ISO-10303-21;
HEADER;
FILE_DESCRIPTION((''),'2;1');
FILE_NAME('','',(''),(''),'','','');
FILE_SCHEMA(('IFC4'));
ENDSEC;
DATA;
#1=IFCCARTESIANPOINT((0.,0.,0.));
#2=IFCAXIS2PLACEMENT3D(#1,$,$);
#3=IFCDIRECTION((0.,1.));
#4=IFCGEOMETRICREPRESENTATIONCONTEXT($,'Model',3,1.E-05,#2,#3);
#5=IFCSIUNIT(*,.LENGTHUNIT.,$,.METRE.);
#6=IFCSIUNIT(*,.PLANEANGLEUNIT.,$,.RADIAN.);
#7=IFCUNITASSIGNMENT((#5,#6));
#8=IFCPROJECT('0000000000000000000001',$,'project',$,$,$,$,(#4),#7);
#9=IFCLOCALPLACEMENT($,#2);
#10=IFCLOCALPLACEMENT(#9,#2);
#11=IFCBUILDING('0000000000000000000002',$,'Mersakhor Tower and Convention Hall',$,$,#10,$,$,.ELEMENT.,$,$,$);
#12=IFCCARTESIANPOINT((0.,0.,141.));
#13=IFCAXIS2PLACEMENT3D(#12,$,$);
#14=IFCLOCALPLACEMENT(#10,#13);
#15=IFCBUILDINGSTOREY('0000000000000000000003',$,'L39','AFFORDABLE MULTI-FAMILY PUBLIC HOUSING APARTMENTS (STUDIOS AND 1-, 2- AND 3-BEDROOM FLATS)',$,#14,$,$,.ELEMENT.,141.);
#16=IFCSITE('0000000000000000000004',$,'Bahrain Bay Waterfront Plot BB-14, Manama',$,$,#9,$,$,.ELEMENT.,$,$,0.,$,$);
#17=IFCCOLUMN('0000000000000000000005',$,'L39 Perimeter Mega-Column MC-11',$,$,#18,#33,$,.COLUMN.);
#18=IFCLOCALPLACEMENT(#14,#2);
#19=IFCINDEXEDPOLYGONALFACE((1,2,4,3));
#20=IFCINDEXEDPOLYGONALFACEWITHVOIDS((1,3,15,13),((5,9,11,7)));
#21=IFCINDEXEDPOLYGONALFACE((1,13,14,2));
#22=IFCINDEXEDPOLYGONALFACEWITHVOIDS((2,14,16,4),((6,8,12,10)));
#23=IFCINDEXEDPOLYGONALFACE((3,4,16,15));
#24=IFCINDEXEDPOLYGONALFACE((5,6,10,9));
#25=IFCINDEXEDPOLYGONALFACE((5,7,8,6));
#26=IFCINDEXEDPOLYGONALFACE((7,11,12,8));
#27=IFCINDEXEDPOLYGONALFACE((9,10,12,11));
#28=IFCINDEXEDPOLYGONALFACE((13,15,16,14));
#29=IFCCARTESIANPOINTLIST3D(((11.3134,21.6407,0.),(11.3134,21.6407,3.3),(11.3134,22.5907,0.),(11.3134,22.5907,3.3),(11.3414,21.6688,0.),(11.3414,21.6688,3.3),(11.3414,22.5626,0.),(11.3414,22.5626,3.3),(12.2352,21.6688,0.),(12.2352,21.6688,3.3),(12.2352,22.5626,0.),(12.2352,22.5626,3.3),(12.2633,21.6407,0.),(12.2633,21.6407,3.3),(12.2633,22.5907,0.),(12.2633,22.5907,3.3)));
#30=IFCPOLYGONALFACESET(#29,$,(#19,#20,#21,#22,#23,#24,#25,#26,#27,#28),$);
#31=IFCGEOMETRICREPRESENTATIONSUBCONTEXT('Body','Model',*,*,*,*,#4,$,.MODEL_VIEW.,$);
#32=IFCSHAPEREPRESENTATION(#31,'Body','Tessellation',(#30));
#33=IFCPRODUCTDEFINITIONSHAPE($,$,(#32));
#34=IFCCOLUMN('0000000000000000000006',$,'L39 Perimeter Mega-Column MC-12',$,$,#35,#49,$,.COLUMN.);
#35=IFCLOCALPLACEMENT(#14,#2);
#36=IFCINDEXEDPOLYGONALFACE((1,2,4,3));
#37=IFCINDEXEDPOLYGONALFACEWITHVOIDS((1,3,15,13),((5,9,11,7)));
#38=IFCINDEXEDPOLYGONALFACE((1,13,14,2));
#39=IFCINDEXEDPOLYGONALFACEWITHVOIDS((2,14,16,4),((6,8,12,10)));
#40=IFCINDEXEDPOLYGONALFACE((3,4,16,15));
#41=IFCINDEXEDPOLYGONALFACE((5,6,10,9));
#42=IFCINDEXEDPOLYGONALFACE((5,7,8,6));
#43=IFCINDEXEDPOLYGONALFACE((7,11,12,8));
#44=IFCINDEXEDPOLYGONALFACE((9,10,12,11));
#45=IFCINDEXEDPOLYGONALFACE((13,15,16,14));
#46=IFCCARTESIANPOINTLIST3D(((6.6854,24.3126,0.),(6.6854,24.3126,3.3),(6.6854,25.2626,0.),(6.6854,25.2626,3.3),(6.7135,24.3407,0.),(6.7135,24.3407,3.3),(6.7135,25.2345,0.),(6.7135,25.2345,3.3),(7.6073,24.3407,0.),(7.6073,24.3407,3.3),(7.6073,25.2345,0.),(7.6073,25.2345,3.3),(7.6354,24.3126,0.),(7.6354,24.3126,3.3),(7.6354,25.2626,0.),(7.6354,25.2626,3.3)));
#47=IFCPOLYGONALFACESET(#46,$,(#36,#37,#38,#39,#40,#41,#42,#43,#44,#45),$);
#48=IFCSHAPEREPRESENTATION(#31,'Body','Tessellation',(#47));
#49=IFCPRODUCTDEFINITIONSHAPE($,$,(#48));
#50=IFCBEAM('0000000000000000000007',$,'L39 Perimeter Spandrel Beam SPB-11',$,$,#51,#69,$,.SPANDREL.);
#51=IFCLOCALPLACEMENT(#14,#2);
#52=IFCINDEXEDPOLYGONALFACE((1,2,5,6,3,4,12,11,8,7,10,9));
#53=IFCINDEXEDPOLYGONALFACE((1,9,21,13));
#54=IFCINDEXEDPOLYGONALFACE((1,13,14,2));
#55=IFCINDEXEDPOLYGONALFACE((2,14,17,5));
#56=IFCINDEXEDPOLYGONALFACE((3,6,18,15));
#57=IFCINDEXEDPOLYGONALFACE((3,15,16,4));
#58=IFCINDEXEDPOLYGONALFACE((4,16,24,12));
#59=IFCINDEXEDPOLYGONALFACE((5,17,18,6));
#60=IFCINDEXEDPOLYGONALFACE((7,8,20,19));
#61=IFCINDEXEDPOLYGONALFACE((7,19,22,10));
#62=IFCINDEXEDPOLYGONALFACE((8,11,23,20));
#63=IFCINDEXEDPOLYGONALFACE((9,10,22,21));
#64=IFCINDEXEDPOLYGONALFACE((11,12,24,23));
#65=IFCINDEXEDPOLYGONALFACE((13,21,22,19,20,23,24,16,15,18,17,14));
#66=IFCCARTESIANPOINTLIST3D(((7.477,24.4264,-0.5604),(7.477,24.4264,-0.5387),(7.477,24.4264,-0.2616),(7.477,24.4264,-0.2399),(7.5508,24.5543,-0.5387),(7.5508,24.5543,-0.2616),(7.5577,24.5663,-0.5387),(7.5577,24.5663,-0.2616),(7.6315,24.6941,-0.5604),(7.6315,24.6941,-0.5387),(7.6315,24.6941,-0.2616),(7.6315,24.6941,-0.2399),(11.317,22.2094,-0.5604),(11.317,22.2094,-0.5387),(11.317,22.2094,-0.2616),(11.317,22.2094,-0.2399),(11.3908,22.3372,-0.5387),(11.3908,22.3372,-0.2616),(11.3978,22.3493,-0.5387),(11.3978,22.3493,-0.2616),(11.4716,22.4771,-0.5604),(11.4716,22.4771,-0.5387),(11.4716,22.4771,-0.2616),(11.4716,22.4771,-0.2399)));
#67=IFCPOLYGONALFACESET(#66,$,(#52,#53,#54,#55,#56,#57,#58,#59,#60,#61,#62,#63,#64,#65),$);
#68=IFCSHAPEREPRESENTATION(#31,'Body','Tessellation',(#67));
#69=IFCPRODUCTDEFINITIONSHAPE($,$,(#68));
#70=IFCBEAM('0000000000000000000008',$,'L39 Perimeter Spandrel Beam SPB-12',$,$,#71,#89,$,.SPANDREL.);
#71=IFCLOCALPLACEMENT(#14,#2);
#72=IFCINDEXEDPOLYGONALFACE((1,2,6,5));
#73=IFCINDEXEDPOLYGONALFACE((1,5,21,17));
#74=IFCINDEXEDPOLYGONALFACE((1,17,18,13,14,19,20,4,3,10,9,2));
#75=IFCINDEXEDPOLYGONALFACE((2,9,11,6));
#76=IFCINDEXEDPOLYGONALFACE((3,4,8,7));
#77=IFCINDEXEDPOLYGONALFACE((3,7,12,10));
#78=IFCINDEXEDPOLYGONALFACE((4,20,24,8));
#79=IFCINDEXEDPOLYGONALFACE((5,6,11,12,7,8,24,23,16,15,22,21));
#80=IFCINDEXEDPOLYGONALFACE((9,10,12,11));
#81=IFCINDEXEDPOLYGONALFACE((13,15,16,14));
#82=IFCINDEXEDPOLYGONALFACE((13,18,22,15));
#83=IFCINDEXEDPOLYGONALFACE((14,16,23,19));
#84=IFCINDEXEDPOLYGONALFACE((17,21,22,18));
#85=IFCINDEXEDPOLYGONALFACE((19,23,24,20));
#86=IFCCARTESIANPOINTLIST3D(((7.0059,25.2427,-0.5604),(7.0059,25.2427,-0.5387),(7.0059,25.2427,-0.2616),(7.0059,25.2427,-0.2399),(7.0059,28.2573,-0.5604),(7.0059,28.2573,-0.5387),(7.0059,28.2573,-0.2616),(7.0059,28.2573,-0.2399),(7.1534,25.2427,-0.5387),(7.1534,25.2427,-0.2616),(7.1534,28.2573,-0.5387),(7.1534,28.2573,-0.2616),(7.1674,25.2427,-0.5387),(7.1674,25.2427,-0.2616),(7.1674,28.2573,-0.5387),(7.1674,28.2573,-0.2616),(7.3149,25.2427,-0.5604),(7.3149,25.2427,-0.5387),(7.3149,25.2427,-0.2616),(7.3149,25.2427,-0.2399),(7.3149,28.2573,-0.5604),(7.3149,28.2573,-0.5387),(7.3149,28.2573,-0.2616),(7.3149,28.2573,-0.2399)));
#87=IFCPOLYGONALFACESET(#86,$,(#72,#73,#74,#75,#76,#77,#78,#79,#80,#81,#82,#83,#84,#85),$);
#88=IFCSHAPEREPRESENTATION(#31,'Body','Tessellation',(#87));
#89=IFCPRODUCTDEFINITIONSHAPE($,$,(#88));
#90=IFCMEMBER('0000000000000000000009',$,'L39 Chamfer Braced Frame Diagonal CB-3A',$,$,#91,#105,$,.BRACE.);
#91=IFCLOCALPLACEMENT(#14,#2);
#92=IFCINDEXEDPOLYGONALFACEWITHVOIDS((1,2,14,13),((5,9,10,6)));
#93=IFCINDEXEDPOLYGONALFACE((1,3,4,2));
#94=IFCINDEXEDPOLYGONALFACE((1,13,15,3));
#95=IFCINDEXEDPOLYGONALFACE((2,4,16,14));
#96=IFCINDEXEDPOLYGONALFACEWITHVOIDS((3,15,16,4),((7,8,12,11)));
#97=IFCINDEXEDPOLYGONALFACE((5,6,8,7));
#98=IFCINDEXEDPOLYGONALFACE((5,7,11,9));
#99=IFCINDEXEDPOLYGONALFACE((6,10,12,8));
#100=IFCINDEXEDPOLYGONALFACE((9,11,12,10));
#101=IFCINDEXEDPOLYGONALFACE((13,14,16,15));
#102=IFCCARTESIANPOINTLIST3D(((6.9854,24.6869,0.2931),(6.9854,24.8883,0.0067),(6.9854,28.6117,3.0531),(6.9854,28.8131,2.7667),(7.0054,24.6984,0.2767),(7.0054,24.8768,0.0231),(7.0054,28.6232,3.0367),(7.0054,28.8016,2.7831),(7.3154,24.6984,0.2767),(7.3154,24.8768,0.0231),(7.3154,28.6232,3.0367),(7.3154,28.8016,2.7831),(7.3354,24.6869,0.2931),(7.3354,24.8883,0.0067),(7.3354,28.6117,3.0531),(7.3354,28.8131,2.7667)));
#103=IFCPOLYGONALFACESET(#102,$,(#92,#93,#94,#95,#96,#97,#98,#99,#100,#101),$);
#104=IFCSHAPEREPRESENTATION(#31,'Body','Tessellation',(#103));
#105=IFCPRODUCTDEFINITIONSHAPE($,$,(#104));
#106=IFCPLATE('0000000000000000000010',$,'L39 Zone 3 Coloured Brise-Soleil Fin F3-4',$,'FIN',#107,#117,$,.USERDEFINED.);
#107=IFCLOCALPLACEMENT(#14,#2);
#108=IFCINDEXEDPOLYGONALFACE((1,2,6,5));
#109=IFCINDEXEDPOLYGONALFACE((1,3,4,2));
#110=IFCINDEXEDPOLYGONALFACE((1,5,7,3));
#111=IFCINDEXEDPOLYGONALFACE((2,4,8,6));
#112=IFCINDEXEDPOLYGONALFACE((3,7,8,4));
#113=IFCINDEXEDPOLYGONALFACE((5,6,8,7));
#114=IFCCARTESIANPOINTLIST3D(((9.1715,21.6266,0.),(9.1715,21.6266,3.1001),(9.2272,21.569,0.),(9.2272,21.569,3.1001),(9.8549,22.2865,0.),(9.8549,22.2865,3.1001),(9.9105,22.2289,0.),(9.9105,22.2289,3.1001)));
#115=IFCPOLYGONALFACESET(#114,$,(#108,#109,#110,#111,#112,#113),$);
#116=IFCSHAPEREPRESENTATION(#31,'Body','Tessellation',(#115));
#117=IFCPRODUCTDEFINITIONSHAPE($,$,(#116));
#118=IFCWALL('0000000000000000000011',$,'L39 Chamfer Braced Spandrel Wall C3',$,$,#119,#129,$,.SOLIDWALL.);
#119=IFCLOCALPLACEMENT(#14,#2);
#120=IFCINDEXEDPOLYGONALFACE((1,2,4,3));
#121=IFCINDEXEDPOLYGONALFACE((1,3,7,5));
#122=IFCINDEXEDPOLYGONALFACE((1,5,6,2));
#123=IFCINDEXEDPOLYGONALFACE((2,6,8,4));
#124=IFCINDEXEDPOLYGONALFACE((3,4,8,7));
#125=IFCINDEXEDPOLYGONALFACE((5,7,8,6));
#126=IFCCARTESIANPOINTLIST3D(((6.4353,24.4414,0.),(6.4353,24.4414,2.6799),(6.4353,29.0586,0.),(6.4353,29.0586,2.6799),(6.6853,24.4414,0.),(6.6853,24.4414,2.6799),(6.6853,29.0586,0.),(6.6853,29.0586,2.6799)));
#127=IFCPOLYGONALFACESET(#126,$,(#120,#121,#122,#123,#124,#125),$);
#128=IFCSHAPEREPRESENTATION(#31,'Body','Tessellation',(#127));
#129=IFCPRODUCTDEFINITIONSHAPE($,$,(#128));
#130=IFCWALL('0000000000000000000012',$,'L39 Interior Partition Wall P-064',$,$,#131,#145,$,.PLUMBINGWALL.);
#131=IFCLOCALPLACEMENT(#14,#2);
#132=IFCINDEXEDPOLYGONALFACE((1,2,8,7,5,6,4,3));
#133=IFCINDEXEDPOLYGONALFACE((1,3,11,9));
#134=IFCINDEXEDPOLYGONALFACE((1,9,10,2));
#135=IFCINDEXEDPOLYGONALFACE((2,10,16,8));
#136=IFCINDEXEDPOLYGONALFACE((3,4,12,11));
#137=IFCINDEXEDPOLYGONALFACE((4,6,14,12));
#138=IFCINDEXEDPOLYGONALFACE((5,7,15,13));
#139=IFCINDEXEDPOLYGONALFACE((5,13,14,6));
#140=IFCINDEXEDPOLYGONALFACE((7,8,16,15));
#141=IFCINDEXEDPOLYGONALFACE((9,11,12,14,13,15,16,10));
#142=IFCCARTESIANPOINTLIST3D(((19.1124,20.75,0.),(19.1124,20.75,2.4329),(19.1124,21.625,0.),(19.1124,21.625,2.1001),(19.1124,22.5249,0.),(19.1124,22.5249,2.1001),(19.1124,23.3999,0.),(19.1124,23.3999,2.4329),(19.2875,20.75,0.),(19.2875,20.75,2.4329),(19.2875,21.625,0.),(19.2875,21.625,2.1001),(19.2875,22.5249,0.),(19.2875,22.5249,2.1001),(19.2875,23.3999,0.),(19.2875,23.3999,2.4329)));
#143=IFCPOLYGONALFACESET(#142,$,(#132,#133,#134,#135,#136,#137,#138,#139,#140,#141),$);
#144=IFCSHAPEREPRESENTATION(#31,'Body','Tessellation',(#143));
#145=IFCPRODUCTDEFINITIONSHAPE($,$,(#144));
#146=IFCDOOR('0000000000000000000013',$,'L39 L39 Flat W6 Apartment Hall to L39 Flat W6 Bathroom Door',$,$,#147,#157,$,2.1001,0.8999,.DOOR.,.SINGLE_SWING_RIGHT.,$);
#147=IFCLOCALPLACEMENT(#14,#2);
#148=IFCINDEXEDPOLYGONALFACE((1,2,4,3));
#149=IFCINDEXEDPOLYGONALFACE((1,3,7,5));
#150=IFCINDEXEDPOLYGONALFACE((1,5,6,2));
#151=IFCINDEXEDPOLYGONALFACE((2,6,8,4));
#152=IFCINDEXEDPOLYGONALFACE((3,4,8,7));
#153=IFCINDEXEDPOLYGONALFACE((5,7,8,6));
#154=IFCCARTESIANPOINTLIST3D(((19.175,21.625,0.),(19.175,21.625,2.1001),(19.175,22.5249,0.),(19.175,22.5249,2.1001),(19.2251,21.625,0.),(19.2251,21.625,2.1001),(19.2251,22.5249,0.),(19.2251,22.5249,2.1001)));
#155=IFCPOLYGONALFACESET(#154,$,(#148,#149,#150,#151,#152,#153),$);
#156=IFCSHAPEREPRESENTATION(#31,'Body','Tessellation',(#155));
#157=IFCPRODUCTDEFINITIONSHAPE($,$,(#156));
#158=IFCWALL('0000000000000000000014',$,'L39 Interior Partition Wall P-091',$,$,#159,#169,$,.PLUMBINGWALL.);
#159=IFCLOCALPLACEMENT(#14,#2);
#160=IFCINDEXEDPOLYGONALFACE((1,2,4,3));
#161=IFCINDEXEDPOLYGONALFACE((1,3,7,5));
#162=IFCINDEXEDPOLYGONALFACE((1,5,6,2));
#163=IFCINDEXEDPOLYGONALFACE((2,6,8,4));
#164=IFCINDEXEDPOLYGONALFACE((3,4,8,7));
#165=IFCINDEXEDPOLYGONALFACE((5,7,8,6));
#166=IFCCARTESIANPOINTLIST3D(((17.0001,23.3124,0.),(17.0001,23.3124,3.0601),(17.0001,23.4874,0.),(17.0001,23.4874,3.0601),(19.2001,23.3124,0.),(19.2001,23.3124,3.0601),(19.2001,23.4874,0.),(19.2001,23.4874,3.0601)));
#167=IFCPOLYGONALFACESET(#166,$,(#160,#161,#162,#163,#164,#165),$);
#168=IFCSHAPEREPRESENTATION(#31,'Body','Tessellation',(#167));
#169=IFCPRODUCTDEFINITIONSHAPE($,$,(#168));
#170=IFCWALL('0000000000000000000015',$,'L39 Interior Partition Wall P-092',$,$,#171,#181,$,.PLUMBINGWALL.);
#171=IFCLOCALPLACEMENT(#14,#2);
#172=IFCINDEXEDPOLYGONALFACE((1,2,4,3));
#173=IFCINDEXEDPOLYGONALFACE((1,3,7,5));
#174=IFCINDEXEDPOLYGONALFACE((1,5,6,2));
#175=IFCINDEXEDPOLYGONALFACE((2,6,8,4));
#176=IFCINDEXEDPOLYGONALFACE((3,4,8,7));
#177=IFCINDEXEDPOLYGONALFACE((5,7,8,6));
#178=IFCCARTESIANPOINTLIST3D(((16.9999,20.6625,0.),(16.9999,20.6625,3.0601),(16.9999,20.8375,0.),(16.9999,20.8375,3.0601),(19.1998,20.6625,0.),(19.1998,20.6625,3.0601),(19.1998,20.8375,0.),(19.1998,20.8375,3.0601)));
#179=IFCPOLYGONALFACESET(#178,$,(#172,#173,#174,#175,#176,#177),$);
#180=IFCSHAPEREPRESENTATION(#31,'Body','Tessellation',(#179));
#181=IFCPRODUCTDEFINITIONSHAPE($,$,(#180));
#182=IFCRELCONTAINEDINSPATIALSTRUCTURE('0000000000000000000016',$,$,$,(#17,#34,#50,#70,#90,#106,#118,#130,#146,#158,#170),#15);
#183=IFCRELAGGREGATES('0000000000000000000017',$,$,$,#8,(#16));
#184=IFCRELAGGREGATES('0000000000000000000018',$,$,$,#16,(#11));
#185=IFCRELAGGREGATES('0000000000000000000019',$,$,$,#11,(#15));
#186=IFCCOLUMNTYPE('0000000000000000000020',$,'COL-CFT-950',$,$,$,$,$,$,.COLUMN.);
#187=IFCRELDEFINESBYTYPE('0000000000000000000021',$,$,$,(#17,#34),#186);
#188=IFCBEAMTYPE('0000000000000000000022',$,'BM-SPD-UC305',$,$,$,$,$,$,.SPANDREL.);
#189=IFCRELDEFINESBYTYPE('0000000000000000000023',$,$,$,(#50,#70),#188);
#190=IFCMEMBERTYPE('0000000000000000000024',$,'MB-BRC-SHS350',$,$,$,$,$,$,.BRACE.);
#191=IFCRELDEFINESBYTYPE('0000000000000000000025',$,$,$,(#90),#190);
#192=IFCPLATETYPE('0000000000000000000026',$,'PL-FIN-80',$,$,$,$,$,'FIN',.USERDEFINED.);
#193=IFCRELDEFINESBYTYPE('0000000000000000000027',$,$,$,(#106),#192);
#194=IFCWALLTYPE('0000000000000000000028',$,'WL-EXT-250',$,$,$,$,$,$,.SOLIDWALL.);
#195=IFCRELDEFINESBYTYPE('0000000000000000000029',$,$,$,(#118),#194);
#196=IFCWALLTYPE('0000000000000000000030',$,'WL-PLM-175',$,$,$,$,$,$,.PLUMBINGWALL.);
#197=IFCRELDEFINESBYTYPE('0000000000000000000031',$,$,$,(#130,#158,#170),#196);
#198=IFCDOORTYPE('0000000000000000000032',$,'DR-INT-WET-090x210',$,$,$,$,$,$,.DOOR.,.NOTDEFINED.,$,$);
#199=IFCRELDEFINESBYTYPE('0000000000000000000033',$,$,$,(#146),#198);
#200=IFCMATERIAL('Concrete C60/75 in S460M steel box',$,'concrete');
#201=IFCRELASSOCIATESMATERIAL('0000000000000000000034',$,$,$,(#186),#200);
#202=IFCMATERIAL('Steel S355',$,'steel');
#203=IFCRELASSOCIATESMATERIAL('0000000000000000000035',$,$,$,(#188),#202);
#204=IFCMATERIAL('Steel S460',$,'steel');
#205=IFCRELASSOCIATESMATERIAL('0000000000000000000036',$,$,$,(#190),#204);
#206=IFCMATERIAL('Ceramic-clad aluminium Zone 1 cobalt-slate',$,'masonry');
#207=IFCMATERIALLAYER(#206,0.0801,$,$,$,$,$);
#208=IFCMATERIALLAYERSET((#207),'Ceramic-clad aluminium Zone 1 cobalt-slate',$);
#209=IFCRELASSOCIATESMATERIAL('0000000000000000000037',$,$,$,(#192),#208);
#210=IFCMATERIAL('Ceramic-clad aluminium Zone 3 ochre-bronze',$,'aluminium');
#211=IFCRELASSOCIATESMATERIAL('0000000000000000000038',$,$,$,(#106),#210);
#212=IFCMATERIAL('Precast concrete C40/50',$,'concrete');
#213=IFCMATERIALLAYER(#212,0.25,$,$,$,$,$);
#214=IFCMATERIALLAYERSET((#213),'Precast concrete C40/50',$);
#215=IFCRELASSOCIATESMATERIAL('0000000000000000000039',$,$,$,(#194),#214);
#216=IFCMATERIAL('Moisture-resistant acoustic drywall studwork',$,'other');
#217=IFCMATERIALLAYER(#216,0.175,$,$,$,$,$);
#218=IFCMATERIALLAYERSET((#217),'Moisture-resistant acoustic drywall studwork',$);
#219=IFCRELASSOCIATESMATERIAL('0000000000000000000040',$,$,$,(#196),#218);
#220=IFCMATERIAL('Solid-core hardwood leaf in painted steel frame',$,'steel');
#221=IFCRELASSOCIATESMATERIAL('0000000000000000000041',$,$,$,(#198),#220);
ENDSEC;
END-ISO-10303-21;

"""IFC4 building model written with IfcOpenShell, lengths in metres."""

from ifc_helpers import new_model, si_unit, direction, frame, frame_2d, origin, origin_2d, place, context, subcontext, project, spatial, rectangle, hollow_rectangle, i_section, extrude, material, layer, layer_set, material_profile, profile_set, type_object, element, fill, save


model = new_model("IFC4")

# Units and contexts
model_context = context("Model", 3, precision=1e-05, world=origin(), true_north=direction((0.0, 1.0)))
body_context = subcontext(model_context, "Body", "Model", "MODEL_VIEW")
ifc_project = project(units=[si_unit("LENGTHUNIT", "METRE"), si_unit("PLANEANGLEUNIT", "RADIAN")], contexts=[model_context])

# Site, building, storey
site_placement = place(None, origin())
site = spatial("IfcSite", under=ifc_project, at=site_placement, Name="Bahrain Bay Waterfront Plot BB-14, Manama", CompositionType="ELEMENT", RefElevation=0.0)
building_placement = place(site_placement, origin())
building = spatial("IfcBuilding", under=site, at=building_placement, Name="Mersakhor Tower and Convention Hall", CompositionType="ELEMENT")
storey_placement = place(building_placement, frame((0.0, 0.0, 141.0)))
storey = spatial("IfcBuildingStorey", under=building, at=storey_placement, Name="L39", Description="AFFORDABLE MULTI-FAMILY PUBLIC HOUSING APARTMENTS (STUDIOS AND 1-, 2- AND 3-BEDROOM FLATS)", CompositionType="ELEMENT", Elevation=141.0)

# Columns
ifc_material_1 = material(Name="Concrete C60/75 in S460M steel box", Category="concrete")
ifc_material_profile_1 = material_profile(ifc_material_1, hollow_rectangle(XDim=0.95, YDim=0.95, WallThickness=0.0281, at=origin_2d()), Name="SHS 950x950x28")
ifc_profile_set_1 = profile_set([ifc_material_profile_1], Name="Concrete C60/75 in S460M steel box")
column_type = type_object("IfcColumnType", Name="COL-CFT-950", PredefinedType="COLUMN", material=ifc_profile_set_1)
for number, where, z_axis, x_axis, name in (
    (1, (11.7883, 22.1157, 0.0), (0.0, 0.0, 1.0), (1.0, 0.0, 0.0), "L39 Perimeter Mega-Column MC-11"),
    (2, (7.1604, 24.7876, 0.0), (0.0, 0.0, 1.0), (1.0, 0.0, 0.0), "L39 Perimeter Mega-Column MC-12"),
):
    element("IfcColumn", number, at=place(storey_placement, frame(where, z_axis=z_axis, x_axis=x_axis)), inside=storey, type_object=column_type, Name=name, PredefinedType="COLUMN", context=body_context, shape_type="SweptSolid", body=[
        extrude(hollow_rectangle(XDim=0.95, YDim=0.95, WallThickness=0.0281, at=origin_2d()), origin(), (0.0, 0.0, 1.0), 3.3),
    ])

# Beams
ifc_material_2 = material(Name="Steel S355", Category="steel")
ifc_material_profile_2 = material_profile(ifc_material_2, i_section(OverallWidth=0.3091, OverallDepth=0.3206, WebThickness=0.0139, FlangeThickness=0.0217, at=origin_2d()), Name="UC 305x305x137")
ifc_profile_set_2 = profile_set([ifc_material_profile_2], Name="Steel S355")
beam_type = type_object("IfcBeamType", Name="BM-SPD-UC305", PredefinedType="SPANDREL", material=ifc_profile_set_2)
beam_1_placement = place(storey_placement, frame((11.3943, 22.3433, -0.4001), z_axis=(-0.866029, 0.499994, 0.0), x_axis=(-0.499994, -0.866029, 0.0)))
element("IfcBeam", 3, at=beam_1_placement, inside=storey, type_object=beam_type, Name="L39 Perimeter Spandrel Beam SPB-11", PredefinedType="SPANDREL", context=body_context, shape_type="SweptSolid", body=[
    extrude(i_section(OverallWidth=0.3091, OverallDepth=0.3206, WebThickness=0.0139, FlangeThickness=0.0217, at=origin_2d()), origin(), (0.0, 0.0, 1.0), 4.4341),
])
beam_2_placement = place(storey_placement, frame((7.1604, 25.2427, -0.4001), z_axis=(0.0, 1.0, 0.0), x_axis=(-1.0, 0.0, 0.0)))
element("IfcBeam", 4, at=beam_2_placement, inside=storey, type_object=beam_type, Name="L39 Perimeter Spandrel Beam SPB-12", PredefinedType="SPANDREL", context=body_context, shape_type="SweptSolid", body=[
    extrude(i_section(OverallWidth=0.3091, OverallDepth=0.3206, WebThickness=0.0139, FlangeThickness=0.0217, at=origin_2d()), origin(), (0.0, 0.0, 1.0), 3.0146),
])

# Member
ifc_material_3 = material(Name="Steel S460", Category="steel")
ifc_material_profile_3 = material_profile(ifc_material_3, hollow_rectangle(XDim=0.3501, YDim=0.3501, WallThickness=0.02, at=origin_2d()), Name="SHS 350x350x20")
ifc_profile_set_3 = profile_set([ifc_material_profile_3], Name="Steel S460")
member_type = type_object("IfcMemberType", Name="MB-BRC-SHS350", PredefinedType="BRACE", material=ifc_profile_set_3)
member_placement = place(storey_placement, frame((7.1604, 24.7876, 0.1499), z_axis=(0.0, 0.817992, 0.57523), x_axis=(-1.0, 0.0, 0.0)))
element("IfcMember", 5, at=member_placement, inside=storey, type_object=member_type, Name="L39 Chamfer Braced Frame Diagonal CB-3A", PredefinedType="BRACE", context=body_context, shape_type="SweptSolid", body=[
    extrude(hollow_rectangle(XDim=0.3501, YDim=0.3501, WallThickness=0.02, at=origin_2d()), origin(), (0.0, 0.0, 1.0), 4.7981),
])

# Plate
ifc_material_4 = material(Name="Ceramic-clad aluminium Zone 3 ochre-bronze", Category="aluminium")
ifc_material_5 = material(Name="Ceramic-clad aluminium Zone 1 cobalt-slate", Category="masonry")
ifc_layer_1 = layer(ifc_material_5, 0.0801)
ifc_layer_set_1 = layer_set([ifc_layer_1], Name="Ceramic-clad aluminium Zone 1 cobalt-slate")
plate_type = type_object("IfcPlateType", Name="PL-FIN-80", ElementType="FIN", PredefinedType="USERDEFINED", material=ifc_layer_set_1)
plate_placement = place(storey_placement, frame((9.541, 21.9277, 0.0), z_axis=(0.0, 0.0, 1.0), x_axis=(-0.71934, -0.694658, 0.0)))
element("IfcPlate", 6, at=plate_placement, inside=storey, type_object=plate_type, material=ifc_material_4, Name="L39 Zone 3 Coloured Brise-Soleil Fin F3-4", ObjectType="FIN", PredefinedType="USERDEFINED", context=body_context, shape_type="SweptSolid", body=[
    extrude(rectangle(XDim=0.95, YDim=0.0801, at=origin_2d()), origin(), (0.0, 0.0, 1.0), 3.1001),
])

# Wall
ifc_material_6 = material(Name="Precast concrete C40/50", Category="concrete")
ifc_layer_2 = layer(ifc_material_6, 0.25)
ifc_layer_set_2 = layer_set([ifc_layer_2], Name="Precast concrete C40/50")
wall_type_1 = type_object("IfcWallType", Name="WL-EXT-250", PredefinedType="SOLIDWALL", material=ifc_layer_set_2)
wall_1_placement = place(storey_placement, frame((6.5603, 24.4414, 0.0), z_axis=(0.0, 0.0, 1.0), x_axis=(0.0, 1.0, 0.0)))
element("IfcWall", 7, at=wall_1_placement, inside=storey, type_object=wall_type_1, Name="L39 Chamfer Braced Spandrel Wall C3", PredefinedType="SOLIDWALL", context=body_context, shape_type="SweptSolid", body=[
    extrude(rectangle(XDim=4.6172, YDim=0.25, at=frame_2d((2.3086, 0.0))), origin(), (0.0, 0.0, 1.0), 2.6799),
])

# Wall, opening, door
ifc_material_7 = material(Name="Moisture-resistant acoustic drywall studwork", Category="other")
ifc_layer_3 = layer(ifc_material_7, 0.175)
ifc_layer_set_3 = layer_set([ifc_layer_3], Name="Moisture-resistant acoustic drywall studwork")
wall_type_2 = type_object("IfcWallType", Name="WL-PLM-175", PredefinedType="PLUMBINGWALL", material=ifc_layer_set_3)
wall_2_placement = place(storey_placement, frame((19.2, 20.75, 0.0), z_axis=(0.0, 0.0, 1.0), x_axis=(0.0, 1.0, 0.0)))
wall_2 = element("IfcWall", 8, at=wall_2_placement, inside=storey, type_object=wall_type_2, Name="L39 Interior Partition Wall P-064", PredefinedType="PLUMBINGWALL", context=body_context, shape_type="SweptSolid", body=[
    extrude(rectangle(XDim=2.6499, YDim=0.175, at=frame_2d((1.325, 0.0))), origin(), (0.0, 0.0, 1.0), 2.4329),
])
opening_1_placement = place(wall_2_placement, frame((0.875, 0.0, 0.0)))
opening_1 = element("IfcOpeningElement", 9, at=opening_1_placement, cuts=wall_2, PredefinedType="OPENING", context=body_context, shape_type="SweptSolid", body=[
    extrude(rectangle(XDim=0.8999, YDim=2.1001, at=frame_2d((0.45, 1.05))), frame((0.0, 0.0974, 0.0), z_axis=(0.0, -1.0, 0.0), x_axis=(1.0, 0.0, 0.0)), (0.0, 0.0, 1.0), 0.1951),
])
ifc_material_8 = material(Name="Solid-core hardwood leaf in painted steel frame", Category="steel")
door_type_1 = type_object("IfcDoorType", Name="DR-INT-WET-090x210", OperationType="NOTDEFINED", PredefinedType="DOOR", material=ifc_material_8)
door_1_placement = place(opening_1_placement, origin())
door_1 = element("IfcDoor", 10, at=door_1_placement, inside=storey, type_object=door_type_1, Name="L39 L39 Flat W6 Apartment Hall to L39 Flat W6 Bathroom Door", OperationType="SINGLE_SWING_RIGHT", OverallHeight=2.1001, OverallWidth=0.8999, PredefinedType="DOOR", context=body_context, shape_type="SweptSolid", body=[
    extrude(rectangle(XDim=0.8999, YDim=2.1001, at=frame_2d((0.45, 1.05))), frame((0.0, 0.0249, 0.0), z_axis=(0.0, -1.0, 0.0), x_axis=(1.0, 0.0, 0.0)), (0.0, 0.0, 1.0), 0.05),
])
fill(opening_1, door_1)

# Walls
for number, where, z_axis, x_axis, name in (
    (11, (17.0, 23.3999, 0.0), (0.0, 0.0, 1.0), (1.0, 0.0, 0.0), "L39 Interior Partition Wall P-091"),
    (12, (19.2, 20.75, 0.0), (0.0, 0.0, 1.0), (-1.0, 0.0, 0.0), "L39 Interior Partition Wall P-092"),
):
    element("IfcWall", number, at=place(storey_placement, frame(where, z_axis=z_axis, x_axis=x_axis)), inside=storey, type_object=wall_type_2, Name=name, PredefinedType="PLUMBINGWALL", context=body_context, shape_type="SweptSolid", body=[
        extrude(rectangle(XDim=2.2, YDim=0.175, at=frame_2d((1.1001, 0.0))), origin(), (0.0, 0.0, 1.0), 3.0601),
    ])

save(model, "model.ifc")
